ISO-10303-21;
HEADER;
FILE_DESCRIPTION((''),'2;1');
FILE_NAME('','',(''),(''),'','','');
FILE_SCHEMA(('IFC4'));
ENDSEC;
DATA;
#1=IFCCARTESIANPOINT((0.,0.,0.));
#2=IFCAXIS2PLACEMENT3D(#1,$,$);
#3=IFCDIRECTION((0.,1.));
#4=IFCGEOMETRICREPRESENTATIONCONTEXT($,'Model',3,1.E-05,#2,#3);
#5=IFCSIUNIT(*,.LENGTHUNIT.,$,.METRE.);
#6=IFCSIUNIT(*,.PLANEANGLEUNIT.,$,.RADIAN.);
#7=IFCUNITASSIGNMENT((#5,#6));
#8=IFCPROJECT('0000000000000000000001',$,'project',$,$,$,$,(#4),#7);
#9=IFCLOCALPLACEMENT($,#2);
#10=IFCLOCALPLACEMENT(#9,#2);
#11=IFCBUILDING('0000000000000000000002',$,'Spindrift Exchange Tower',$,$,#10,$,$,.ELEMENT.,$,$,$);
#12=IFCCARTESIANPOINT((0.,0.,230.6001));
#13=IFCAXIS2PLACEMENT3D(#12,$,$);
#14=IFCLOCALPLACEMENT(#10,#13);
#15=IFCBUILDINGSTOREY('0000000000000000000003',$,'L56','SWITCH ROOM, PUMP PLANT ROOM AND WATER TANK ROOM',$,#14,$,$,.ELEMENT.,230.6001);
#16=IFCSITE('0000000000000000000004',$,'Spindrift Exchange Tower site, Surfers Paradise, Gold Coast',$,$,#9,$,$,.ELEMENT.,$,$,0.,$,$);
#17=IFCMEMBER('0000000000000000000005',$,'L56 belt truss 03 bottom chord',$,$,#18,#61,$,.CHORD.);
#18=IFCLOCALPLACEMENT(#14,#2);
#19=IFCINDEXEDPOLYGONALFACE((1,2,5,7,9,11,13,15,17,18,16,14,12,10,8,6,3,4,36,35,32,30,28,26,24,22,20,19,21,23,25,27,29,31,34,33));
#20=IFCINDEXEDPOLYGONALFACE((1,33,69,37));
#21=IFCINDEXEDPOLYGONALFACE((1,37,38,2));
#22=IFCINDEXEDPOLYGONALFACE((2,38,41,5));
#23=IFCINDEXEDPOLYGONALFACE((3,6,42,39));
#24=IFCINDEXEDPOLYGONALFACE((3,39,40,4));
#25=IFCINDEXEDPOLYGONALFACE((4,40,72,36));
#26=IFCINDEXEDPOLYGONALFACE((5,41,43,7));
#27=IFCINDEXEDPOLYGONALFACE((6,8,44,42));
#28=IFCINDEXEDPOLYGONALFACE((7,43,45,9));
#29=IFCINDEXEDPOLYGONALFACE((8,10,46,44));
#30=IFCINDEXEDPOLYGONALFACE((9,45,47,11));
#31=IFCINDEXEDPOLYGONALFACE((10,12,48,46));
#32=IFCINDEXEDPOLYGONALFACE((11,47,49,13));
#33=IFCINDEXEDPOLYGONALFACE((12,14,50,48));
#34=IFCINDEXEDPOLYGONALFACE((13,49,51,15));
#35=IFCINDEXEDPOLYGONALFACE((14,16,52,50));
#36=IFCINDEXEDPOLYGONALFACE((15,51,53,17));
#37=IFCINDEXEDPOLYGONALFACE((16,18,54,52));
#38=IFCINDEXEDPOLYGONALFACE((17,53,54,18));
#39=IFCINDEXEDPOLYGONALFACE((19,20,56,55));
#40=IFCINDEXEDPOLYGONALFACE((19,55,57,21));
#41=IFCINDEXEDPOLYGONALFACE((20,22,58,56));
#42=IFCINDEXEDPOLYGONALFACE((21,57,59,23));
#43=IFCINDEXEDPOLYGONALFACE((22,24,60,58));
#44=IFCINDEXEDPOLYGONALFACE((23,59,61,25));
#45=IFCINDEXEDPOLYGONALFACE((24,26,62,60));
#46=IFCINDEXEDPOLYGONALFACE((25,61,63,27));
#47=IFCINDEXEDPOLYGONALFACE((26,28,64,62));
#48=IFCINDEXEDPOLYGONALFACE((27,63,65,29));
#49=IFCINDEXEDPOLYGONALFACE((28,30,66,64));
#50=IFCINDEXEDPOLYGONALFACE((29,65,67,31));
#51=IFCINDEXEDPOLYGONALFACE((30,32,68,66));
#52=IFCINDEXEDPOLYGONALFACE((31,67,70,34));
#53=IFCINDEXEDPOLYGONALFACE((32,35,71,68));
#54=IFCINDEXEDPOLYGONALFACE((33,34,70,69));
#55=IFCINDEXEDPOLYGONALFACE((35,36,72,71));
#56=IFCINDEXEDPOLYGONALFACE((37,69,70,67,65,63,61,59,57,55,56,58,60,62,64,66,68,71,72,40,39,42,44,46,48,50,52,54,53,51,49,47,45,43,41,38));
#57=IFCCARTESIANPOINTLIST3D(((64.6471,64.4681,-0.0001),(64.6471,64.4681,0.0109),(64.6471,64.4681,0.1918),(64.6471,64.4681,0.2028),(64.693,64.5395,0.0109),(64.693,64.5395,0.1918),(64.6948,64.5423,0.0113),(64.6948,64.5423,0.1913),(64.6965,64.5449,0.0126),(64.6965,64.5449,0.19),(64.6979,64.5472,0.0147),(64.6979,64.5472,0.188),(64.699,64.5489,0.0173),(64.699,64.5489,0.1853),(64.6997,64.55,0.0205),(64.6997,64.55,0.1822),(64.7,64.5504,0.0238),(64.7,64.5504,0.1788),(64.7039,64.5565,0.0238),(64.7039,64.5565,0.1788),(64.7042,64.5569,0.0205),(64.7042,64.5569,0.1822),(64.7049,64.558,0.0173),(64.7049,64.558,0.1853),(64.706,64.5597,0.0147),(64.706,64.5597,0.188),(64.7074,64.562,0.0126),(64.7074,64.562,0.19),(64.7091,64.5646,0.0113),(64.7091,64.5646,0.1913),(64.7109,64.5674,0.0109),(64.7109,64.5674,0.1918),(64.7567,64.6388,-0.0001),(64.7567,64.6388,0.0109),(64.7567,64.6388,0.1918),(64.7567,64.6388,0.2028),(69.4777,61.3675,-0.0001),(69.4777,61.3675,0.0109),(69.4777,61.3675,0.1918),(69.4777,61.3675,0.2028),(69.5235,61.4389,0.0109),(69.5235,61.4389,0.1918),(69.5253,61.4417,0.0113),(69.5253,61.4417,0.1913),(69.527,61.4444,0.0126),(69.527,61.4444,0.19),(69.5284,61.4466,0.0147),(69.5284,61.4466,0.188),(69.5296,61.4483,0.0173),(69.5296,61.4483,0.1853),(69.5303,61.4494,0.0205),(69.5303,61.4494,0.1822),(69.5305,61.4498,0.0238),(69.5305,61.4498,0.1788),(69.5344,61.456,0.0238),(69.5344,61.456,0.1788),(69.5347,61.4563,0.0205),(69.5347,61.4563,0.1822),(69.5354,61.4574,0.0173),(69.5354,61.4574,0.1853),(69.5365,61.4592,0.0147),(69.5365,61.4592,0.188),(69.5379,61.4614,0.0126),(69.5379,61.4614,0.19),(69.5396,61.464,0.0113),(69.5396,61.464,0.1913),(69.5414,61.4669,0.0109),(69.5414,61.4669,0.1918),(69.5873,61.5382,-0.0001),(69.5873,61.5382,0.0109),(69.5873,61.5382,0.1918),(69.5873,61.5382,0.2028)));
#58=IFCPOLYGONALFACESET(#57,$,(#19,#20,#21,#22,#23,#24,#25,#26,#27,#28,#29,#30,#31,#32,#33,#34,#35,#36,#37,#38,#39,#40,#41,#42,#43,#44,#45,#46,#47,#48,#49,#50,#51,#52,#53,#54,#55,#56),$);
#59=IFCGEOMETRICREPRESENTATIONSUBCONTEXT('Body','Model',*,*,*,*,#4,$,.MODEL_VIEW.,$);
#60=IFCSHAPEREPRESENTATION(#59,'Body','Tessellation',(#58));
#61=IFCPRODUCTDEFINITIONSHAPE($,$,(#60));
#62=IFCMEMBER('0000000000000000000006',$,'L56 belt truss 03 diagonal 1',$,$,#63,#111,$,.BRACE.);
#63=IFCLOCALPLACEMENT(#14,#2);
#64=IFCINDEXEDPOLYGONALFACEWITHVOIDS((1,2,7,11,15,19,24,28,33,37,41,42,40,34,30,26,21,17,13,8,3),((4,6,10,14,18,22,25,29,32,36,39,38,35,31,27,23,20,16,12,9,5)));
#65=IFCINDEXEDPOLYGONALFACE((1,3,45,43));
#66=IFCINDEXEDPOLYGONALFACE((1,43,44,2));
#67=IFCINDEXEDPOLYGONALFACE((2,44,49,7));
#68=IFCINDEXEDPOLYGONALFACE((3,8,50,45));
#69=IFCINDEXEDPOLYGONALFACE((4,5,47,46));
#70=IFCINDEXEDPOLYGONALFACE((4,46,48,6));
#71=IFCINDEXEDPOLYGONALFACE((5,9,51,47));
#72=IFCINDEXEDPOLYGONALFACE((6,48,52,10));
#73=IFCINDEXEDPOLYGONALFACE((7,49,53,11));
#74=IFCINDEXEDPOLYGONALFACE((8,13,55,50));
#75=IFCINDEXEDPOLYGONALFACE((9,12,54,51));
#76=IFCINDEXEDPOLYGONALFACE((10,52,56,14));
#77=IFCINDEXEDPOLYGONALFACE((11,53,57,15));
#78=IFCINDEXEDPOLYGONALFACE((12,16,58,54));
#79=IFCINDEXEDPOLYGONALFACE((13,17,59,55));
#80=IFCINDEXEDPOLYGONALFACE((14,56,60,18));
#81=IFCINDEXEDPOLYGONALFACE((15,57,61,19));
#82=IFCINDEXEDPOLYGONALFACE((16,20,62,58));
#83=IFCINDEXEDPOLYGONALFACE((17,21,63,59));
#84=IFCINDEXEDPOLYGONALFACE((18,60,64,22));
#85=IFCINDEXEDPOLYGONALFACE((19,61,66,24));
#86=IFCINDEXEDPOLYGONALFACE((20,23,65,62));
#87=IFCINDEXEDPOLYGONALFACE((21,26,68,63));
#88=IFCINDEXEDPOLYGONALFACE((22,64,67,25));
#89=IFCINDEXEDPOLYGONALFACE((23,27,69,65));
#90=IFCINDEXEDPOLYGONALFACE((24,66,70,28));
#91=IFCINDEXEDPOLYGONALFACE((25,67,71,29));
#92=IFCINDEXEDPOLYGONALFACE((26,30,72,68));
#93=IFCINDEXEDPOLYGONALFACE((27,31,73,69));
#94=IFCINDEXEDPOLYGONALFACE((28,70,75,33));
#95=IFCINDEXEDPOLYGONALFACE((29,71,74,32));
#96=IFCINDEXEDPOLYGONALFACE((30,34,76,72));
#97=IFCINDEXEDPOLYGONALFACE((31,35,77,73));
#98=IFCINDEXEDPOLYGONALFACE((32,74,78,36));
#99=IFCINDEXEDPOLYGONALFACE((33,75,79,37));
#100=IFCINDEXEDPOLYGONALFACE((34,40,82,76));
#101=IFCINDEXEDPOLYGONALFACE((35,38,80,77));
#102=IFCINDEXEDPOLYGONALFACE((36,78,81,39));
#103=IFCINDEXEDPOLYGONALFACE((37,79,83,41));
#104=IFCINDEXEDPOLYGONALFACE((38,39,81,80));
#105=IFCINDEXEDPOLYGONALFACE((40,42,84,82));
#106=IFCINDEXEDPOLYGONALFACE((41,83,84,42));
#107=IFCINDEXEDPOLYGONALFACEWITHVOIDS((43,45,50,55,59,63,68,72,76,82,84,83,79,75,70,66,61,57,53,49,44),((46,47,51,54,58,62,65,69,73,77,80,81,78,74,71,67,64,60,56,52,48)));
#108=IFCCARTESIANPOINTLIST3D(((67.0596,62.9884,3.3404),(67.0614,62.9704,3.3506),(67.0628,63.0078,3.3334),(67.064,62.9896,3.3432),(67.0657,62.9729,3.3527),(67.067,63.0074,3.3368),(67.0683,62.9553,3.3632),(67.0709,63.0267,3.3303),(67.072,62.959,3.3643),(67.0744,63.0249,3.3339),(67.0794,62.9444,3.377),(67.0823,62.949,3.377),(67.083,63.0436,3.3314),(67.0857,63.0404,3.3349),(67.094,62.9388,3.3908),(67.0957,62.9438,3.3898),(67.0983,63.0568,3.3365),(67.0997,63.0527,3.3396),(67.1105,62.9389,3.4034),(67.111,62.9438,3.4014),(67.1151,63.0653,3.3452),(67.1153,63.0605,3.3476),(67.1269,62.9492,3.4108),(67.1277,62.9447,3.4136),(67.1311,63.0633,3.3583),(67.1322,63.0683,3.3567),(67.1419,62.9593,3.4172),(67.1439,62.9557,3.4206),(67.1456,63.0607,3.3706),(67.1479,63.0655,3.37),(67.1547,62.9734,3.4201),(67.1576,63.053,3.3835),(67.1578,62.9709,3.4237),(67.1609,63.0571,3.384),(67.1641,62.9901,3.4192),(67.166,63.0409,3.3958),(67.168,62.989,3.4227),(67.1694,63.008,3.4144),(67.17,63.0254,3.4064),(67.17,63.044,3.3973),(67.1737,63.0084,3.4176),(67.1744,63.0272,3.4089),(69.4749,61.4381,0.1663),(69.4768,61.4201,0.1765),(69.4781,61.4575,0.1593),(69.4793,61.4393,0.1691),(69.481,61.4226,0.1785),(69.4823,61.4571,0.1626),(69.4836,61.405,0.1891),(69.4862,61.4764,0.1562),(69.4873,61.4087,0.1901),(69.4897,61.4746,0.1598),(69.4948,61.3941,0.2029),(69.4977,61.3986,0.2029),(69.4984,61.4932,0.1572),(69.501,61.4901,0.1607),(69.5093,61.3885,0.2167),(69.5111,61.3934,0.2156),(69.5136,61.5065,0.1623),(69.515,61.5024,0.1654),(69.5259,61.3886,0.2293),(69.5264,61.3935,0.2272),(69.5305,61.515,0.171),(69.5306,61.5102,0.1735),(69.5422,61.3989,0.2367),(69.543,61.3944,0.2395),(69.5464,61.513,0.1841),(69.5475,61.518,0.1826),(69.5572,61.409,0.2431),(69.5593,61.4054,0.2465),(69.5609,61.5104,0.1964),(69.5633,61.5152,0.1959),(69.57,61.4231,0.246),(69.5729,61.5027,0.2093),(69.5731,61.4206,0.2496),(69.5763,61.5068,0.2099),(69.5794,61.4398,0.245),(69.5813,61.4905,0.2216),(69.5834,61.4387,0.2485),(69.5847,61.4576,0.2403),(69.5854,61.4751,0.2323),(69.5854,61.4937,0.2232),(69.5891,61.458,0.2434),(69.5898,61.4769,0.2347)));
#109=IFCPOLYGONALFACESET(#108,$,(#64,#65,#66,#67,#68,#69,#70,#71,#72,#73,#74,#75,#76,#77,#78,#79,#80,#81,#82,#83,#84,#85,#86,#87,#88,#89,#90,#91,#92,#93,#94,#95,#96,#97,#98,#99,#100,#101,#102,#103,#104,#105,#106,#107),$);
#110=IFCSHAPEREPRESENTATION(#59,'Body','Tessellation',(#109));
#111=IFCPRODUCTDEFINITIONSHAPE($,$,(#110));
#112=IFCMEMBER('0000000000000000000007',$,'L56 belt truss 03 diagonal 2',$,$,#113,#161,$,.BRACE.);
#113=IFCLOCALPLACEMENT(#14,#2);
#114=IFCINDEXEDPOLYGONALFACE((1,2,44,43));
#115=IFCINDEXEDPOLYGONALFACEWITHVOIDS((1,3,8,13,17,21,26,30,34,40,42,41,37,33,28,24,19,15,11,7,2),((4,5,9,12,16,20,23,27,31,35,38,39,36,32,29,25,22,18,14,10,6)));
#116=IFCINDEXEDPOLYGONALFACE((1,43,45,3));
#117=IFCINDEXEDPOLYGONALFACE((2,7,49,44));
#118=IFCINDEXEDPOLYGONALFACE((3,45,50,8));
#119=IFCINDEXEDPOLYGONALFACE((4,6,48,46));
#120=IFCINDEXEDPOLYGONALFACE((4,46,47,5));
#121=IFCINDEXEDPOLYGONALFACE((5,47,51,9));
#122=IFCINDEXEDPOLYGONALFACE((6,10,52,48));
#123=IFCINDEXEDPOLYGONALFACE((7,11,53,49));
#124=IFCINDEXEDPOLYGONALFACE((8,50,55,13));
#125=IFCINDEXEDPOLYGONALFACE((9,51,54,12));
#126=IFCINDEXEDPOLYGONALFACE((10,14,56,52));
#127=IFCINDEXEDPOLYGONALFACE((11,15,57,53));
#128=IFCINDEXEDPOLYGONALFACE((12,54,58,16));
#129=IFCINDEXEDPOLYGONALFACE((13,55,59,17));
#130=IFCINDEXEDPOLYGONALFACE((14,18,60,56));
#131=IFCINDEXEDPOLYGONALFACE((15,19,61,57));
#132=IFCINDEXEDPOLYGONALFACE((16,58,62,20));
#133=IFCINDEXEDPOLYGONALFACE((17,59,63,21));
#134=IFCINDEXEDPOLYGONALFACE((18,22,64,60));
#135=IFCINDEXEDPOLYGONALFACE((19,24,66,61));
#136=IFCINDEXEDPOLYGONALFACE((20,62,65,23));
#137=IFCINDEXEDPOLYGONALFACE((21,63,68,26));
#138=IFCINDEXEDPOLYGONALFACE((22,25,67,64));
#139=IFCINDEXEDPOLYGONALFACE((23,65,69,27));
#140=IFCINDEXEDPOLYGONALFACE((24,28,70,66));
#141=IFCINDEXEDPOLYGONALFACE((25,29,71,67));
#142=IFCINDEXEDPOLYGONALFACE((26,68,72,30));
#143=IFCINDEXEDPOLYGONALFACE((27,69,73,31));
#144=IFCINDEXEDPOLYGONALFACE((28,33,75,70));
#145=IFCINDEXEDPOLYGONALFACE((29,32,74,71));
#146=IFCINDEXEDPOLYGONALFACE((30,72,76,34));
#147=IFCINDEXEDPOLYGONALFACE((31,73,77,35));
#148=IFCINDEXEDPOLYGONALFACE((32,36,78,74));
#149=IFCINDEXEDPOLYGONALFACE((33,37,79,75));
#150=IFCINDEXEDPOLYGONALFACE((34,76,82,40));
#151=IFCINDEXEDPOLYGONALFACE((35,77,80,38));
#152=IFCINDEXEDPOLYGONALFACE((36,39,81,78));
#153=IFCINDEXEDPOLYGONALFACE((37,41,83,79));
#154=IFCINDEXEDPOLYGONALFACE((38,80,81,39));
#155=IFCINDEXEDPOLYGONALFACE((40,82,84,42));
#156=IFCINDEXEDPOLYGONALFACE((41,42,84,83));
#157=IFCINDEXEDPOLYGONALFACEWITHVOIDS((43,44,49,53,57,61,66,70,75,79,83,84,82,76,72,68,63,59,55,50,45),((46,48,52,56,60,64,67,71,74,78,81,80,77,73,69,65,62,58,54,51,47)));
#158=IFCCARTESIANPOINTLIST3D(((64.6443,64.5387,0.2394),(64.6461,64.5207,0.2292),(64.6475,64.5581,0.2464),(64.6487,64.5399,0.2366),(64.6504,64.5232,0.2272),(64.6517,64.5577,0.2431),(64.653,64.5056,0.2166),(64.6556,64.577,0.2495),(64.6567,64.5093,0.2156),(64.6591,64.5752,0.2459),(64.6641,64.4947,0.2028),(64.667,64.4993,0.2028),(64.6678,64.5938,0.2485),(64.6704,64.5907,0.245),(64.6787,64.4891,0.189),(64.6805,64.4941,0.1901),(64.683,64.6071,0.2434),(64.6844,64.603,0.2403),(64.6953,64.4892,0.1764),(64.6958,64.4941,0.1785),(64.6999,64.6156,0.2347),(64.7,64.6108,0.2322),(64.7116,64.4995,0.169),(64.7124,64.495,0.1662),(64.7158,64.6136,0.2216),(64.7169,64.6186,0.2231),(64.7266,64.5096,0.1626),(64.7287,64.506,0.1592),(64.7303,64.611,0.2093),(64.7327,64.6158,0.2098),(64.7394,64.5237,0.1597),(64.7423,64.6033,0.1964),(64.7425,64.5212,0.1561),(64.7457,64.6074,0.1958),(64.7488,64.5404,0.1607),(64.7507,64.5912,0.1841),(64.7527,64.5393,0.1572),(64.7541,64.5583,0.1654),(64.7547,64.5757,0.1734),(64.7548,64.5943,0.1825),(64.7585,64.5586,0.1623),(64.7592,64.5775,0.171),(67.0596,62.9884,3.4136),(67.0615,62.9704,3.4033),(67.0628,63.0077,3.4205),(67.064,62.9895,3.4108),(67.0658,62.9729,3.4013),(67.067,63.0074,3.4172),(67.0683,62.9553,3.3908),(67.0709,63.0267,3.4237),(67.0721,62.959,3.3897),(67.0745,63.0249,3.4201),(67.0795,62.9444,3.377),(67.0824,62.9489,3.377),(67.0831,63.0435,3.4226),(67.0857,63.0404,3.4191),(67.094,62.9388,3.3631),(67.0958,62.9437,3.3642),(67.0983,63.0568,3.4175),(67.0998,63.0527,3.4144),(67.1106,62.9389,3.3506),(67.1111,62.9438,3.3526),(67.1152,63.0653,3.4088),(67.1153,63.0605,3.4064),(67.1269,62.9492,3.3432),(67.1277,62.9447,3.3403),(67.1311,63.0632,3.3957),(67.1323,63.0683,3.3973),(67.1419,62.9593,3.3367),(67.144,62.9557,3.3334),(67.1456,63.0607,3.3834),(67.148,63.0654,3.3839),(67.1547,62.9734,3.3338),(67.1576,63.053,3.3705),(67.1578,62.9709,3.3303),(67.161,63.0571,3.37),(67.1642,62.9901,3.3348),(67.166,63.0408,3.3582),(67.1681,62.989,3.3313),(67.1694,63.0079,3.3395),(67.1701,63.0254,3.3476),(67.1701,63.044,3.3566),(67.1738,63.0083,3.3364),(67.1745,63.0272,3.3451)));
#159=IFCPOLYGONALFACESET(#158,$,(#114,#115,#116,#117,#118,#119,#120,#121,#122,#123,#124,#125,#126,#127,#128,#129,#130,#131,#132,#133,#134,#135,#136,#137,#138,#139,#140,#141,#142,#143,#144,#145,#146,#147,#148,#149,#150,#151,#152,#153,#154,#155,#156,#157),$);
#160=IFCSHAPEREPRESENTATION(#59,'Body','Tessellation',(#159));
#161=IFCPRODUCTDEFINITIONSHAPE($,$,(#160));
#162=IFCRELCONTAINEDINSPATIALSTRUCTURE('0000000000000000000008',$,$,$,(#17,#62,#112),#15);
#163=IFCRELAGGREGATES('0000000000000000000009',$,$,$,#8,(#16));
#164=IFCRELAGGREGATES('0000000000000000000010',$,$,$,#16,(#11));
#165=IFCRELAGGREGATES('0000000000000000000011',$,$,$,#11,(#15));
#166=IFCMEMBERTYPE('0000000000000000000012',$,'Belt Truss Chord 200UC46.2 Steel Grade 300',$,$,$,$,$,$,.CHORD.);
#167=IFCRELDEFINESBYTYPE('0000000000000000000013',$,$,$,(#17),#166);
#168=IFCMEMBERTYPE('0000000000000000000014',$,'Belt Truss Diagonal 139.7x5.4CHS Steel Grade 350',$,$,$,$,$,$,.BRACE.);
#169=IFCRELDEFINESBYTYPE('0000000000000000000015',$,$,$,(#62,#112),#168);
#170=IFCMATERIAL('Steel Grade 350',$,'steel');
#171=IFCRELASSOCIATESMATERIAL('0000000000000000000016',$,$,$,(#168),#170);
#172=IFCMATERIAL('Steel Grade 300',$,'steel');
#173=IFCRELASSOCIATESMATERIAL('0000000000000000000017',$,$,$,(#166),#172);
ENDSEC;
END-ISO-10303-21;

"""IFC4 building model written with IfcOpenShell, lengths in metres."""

from ifc_helpers import new_model, si_unit, direction, frame, origin, origin_2d, place, context, subcontext, project, spatial, hollow_circle, i_section, extrude, source, transform, mapped, material, material_profile, profile_set, type_object, element, save


model = new_model("IFC4")

# Units and contexts
model_context = context("Model", 3, precision=1e-05, world=origin(), true_north=direction((0.0, 1.0)))
body_context = subcontext(model_context, "Body", "Model", "MODEL_VIEW")
ifc_project = project(units=[si_unit("LENGTHUNIT", "METRE"), si_unit("PLANEANGLEUNIT", "RADIAN")], contexts=[model_context])

# Site, building, storey
site_placement = place(None, origin())
site = spatial("IfcSite", under=ifc_project, at=site_placement, Name="Spindrift Exchange Tower site, Surfers Paradise, Gold Coast", CompositionType="ELEMENT", RefElevation=0.0)
building_placement = place(site_placement, origin())
building = spatial("IfcBuilding", under=site, at=building_placement, Name="Spindrift Exchange Tower", CompositionType="ELEMENT")
storey_placement = place(building_placement, frame((0.0, 0.0, 230.6001)))
storey = spatial("IfcBuildingStorey", under=building, at=storey_placement, Name="L56", Description="SWITCH ROOM, PUMP PLANT ROOM AND WATER TANK ROOM", CompositionType="ELEMENT", Elevation=230.6001)

# Members
ifc_material_1 = material(Name="Steel Grade 350", Category="steel")
ifc_material_profile_1 = material_profile(ifc_material_1, hollow_circle(Radius=0.0698, WallThickness=0.0054, at=origin_2d()), Name="139.7x5.4CHS")
ifc_profile_set_1 = profile_set([ifc_material_profile_1], Name="Steel Grade 350")
member_type_1 = type_object("IfcMemberType", Name="Belt Truss Diagonal 139.7x5.4CHS Steel Grade 350", PredefinedType="BRACE", material=ifc_profile_set_1)
ifc_material_2 = material(Name="Steel Grade 300", Category="steel")
ifc_material_profile_2 = material_profile(ifc_material_2, i_section(OverallWidth=0.2029, OverallDepth=0.2029, WebThickness=0.0073, FlangeThickness=0.011, FilletRadius=0.0129, at=origin_2d()), Name="200UC46.2")
ifc_profile_set_2 = profile_set([ifc_material_profile_2], Name="Steel Grade 300")
member_type_2 = type_object("IfcMemberType", Name="Belt Truss Chord 200UC46.2 Steel Grade 300", PredefinedType="CHORD", material=ifc_profile_set_2)
shared_shape_1 = source(origin(), body_context, "Body", "SweptSolid", [
    extrude(i_section(OverallWidth=0.2029, OverallDepth=0.2029, WebThickness=0.0073, FlangeThickness=0.011, FilletRadius=0.0129, at=origin_2d()), origin(), (0.0, 0.0, 1.0), 5.74),
])
for number, where, z_axis, x_axis, name in (
    (1, (69.5325, 61.4529, 0.1013), (-0.841557, 0.540168, 0.0), (-0.540168, -0.841557, 0.0), "L56 belt truss 03 bottom chord"),
):
    element("IfcMember", number, at=place(storey_placement, frame(where, z_axis=z_axis, x_axis=x_axis)), inside=storey, type_object=member_type_2, Name=name, PredefinedType="CHORD", context=body_context, shape_type="MappedRepresentation", body=[
        mapped(shared_shape_1, transform((0.0, 0.0, 0.0), scale=1.0)),
    ])
shared_shape_2 = source(origin(), body_context, "Body", "SweptSolid", [
    extrude(hollow_circle(Radius=0.0698, WallThickness=0.0054, at=origin_2d()), origin(), (0.0, 0.0, 1.0), 4.2793),
])
for number, where, z_axis, x_axis, name in (
    (2, (69.5325, 61.4529, 0.2029), (-0.564421, 0.362284, 0.741741), (-0.540168, -0.841557, 0.0), "L56 belt truss 03 diagonal 1"),
    (3, (67.1172, 63.0032, 3.377), (-0.564421, 0.362284, -0.741741), (-0.540168, -0.841557, 0.0), "L56 belt truss 03 diagonal 2"),
):
    element("IfcMember", number, at=place(storey_placement, frame(where, z_axis=z_axis, x_axis=x_axis)), inside=storey, type_object=member_type_1, Name=name, PredefinedType="BRACE", context=body_context, shape_type="MappedRepresentation", body=[
        mapped(shared_shape_2, transform((0.0, 0.0, 0.0), scale=1.0)),
    ])

save(model, "model.ifc")
